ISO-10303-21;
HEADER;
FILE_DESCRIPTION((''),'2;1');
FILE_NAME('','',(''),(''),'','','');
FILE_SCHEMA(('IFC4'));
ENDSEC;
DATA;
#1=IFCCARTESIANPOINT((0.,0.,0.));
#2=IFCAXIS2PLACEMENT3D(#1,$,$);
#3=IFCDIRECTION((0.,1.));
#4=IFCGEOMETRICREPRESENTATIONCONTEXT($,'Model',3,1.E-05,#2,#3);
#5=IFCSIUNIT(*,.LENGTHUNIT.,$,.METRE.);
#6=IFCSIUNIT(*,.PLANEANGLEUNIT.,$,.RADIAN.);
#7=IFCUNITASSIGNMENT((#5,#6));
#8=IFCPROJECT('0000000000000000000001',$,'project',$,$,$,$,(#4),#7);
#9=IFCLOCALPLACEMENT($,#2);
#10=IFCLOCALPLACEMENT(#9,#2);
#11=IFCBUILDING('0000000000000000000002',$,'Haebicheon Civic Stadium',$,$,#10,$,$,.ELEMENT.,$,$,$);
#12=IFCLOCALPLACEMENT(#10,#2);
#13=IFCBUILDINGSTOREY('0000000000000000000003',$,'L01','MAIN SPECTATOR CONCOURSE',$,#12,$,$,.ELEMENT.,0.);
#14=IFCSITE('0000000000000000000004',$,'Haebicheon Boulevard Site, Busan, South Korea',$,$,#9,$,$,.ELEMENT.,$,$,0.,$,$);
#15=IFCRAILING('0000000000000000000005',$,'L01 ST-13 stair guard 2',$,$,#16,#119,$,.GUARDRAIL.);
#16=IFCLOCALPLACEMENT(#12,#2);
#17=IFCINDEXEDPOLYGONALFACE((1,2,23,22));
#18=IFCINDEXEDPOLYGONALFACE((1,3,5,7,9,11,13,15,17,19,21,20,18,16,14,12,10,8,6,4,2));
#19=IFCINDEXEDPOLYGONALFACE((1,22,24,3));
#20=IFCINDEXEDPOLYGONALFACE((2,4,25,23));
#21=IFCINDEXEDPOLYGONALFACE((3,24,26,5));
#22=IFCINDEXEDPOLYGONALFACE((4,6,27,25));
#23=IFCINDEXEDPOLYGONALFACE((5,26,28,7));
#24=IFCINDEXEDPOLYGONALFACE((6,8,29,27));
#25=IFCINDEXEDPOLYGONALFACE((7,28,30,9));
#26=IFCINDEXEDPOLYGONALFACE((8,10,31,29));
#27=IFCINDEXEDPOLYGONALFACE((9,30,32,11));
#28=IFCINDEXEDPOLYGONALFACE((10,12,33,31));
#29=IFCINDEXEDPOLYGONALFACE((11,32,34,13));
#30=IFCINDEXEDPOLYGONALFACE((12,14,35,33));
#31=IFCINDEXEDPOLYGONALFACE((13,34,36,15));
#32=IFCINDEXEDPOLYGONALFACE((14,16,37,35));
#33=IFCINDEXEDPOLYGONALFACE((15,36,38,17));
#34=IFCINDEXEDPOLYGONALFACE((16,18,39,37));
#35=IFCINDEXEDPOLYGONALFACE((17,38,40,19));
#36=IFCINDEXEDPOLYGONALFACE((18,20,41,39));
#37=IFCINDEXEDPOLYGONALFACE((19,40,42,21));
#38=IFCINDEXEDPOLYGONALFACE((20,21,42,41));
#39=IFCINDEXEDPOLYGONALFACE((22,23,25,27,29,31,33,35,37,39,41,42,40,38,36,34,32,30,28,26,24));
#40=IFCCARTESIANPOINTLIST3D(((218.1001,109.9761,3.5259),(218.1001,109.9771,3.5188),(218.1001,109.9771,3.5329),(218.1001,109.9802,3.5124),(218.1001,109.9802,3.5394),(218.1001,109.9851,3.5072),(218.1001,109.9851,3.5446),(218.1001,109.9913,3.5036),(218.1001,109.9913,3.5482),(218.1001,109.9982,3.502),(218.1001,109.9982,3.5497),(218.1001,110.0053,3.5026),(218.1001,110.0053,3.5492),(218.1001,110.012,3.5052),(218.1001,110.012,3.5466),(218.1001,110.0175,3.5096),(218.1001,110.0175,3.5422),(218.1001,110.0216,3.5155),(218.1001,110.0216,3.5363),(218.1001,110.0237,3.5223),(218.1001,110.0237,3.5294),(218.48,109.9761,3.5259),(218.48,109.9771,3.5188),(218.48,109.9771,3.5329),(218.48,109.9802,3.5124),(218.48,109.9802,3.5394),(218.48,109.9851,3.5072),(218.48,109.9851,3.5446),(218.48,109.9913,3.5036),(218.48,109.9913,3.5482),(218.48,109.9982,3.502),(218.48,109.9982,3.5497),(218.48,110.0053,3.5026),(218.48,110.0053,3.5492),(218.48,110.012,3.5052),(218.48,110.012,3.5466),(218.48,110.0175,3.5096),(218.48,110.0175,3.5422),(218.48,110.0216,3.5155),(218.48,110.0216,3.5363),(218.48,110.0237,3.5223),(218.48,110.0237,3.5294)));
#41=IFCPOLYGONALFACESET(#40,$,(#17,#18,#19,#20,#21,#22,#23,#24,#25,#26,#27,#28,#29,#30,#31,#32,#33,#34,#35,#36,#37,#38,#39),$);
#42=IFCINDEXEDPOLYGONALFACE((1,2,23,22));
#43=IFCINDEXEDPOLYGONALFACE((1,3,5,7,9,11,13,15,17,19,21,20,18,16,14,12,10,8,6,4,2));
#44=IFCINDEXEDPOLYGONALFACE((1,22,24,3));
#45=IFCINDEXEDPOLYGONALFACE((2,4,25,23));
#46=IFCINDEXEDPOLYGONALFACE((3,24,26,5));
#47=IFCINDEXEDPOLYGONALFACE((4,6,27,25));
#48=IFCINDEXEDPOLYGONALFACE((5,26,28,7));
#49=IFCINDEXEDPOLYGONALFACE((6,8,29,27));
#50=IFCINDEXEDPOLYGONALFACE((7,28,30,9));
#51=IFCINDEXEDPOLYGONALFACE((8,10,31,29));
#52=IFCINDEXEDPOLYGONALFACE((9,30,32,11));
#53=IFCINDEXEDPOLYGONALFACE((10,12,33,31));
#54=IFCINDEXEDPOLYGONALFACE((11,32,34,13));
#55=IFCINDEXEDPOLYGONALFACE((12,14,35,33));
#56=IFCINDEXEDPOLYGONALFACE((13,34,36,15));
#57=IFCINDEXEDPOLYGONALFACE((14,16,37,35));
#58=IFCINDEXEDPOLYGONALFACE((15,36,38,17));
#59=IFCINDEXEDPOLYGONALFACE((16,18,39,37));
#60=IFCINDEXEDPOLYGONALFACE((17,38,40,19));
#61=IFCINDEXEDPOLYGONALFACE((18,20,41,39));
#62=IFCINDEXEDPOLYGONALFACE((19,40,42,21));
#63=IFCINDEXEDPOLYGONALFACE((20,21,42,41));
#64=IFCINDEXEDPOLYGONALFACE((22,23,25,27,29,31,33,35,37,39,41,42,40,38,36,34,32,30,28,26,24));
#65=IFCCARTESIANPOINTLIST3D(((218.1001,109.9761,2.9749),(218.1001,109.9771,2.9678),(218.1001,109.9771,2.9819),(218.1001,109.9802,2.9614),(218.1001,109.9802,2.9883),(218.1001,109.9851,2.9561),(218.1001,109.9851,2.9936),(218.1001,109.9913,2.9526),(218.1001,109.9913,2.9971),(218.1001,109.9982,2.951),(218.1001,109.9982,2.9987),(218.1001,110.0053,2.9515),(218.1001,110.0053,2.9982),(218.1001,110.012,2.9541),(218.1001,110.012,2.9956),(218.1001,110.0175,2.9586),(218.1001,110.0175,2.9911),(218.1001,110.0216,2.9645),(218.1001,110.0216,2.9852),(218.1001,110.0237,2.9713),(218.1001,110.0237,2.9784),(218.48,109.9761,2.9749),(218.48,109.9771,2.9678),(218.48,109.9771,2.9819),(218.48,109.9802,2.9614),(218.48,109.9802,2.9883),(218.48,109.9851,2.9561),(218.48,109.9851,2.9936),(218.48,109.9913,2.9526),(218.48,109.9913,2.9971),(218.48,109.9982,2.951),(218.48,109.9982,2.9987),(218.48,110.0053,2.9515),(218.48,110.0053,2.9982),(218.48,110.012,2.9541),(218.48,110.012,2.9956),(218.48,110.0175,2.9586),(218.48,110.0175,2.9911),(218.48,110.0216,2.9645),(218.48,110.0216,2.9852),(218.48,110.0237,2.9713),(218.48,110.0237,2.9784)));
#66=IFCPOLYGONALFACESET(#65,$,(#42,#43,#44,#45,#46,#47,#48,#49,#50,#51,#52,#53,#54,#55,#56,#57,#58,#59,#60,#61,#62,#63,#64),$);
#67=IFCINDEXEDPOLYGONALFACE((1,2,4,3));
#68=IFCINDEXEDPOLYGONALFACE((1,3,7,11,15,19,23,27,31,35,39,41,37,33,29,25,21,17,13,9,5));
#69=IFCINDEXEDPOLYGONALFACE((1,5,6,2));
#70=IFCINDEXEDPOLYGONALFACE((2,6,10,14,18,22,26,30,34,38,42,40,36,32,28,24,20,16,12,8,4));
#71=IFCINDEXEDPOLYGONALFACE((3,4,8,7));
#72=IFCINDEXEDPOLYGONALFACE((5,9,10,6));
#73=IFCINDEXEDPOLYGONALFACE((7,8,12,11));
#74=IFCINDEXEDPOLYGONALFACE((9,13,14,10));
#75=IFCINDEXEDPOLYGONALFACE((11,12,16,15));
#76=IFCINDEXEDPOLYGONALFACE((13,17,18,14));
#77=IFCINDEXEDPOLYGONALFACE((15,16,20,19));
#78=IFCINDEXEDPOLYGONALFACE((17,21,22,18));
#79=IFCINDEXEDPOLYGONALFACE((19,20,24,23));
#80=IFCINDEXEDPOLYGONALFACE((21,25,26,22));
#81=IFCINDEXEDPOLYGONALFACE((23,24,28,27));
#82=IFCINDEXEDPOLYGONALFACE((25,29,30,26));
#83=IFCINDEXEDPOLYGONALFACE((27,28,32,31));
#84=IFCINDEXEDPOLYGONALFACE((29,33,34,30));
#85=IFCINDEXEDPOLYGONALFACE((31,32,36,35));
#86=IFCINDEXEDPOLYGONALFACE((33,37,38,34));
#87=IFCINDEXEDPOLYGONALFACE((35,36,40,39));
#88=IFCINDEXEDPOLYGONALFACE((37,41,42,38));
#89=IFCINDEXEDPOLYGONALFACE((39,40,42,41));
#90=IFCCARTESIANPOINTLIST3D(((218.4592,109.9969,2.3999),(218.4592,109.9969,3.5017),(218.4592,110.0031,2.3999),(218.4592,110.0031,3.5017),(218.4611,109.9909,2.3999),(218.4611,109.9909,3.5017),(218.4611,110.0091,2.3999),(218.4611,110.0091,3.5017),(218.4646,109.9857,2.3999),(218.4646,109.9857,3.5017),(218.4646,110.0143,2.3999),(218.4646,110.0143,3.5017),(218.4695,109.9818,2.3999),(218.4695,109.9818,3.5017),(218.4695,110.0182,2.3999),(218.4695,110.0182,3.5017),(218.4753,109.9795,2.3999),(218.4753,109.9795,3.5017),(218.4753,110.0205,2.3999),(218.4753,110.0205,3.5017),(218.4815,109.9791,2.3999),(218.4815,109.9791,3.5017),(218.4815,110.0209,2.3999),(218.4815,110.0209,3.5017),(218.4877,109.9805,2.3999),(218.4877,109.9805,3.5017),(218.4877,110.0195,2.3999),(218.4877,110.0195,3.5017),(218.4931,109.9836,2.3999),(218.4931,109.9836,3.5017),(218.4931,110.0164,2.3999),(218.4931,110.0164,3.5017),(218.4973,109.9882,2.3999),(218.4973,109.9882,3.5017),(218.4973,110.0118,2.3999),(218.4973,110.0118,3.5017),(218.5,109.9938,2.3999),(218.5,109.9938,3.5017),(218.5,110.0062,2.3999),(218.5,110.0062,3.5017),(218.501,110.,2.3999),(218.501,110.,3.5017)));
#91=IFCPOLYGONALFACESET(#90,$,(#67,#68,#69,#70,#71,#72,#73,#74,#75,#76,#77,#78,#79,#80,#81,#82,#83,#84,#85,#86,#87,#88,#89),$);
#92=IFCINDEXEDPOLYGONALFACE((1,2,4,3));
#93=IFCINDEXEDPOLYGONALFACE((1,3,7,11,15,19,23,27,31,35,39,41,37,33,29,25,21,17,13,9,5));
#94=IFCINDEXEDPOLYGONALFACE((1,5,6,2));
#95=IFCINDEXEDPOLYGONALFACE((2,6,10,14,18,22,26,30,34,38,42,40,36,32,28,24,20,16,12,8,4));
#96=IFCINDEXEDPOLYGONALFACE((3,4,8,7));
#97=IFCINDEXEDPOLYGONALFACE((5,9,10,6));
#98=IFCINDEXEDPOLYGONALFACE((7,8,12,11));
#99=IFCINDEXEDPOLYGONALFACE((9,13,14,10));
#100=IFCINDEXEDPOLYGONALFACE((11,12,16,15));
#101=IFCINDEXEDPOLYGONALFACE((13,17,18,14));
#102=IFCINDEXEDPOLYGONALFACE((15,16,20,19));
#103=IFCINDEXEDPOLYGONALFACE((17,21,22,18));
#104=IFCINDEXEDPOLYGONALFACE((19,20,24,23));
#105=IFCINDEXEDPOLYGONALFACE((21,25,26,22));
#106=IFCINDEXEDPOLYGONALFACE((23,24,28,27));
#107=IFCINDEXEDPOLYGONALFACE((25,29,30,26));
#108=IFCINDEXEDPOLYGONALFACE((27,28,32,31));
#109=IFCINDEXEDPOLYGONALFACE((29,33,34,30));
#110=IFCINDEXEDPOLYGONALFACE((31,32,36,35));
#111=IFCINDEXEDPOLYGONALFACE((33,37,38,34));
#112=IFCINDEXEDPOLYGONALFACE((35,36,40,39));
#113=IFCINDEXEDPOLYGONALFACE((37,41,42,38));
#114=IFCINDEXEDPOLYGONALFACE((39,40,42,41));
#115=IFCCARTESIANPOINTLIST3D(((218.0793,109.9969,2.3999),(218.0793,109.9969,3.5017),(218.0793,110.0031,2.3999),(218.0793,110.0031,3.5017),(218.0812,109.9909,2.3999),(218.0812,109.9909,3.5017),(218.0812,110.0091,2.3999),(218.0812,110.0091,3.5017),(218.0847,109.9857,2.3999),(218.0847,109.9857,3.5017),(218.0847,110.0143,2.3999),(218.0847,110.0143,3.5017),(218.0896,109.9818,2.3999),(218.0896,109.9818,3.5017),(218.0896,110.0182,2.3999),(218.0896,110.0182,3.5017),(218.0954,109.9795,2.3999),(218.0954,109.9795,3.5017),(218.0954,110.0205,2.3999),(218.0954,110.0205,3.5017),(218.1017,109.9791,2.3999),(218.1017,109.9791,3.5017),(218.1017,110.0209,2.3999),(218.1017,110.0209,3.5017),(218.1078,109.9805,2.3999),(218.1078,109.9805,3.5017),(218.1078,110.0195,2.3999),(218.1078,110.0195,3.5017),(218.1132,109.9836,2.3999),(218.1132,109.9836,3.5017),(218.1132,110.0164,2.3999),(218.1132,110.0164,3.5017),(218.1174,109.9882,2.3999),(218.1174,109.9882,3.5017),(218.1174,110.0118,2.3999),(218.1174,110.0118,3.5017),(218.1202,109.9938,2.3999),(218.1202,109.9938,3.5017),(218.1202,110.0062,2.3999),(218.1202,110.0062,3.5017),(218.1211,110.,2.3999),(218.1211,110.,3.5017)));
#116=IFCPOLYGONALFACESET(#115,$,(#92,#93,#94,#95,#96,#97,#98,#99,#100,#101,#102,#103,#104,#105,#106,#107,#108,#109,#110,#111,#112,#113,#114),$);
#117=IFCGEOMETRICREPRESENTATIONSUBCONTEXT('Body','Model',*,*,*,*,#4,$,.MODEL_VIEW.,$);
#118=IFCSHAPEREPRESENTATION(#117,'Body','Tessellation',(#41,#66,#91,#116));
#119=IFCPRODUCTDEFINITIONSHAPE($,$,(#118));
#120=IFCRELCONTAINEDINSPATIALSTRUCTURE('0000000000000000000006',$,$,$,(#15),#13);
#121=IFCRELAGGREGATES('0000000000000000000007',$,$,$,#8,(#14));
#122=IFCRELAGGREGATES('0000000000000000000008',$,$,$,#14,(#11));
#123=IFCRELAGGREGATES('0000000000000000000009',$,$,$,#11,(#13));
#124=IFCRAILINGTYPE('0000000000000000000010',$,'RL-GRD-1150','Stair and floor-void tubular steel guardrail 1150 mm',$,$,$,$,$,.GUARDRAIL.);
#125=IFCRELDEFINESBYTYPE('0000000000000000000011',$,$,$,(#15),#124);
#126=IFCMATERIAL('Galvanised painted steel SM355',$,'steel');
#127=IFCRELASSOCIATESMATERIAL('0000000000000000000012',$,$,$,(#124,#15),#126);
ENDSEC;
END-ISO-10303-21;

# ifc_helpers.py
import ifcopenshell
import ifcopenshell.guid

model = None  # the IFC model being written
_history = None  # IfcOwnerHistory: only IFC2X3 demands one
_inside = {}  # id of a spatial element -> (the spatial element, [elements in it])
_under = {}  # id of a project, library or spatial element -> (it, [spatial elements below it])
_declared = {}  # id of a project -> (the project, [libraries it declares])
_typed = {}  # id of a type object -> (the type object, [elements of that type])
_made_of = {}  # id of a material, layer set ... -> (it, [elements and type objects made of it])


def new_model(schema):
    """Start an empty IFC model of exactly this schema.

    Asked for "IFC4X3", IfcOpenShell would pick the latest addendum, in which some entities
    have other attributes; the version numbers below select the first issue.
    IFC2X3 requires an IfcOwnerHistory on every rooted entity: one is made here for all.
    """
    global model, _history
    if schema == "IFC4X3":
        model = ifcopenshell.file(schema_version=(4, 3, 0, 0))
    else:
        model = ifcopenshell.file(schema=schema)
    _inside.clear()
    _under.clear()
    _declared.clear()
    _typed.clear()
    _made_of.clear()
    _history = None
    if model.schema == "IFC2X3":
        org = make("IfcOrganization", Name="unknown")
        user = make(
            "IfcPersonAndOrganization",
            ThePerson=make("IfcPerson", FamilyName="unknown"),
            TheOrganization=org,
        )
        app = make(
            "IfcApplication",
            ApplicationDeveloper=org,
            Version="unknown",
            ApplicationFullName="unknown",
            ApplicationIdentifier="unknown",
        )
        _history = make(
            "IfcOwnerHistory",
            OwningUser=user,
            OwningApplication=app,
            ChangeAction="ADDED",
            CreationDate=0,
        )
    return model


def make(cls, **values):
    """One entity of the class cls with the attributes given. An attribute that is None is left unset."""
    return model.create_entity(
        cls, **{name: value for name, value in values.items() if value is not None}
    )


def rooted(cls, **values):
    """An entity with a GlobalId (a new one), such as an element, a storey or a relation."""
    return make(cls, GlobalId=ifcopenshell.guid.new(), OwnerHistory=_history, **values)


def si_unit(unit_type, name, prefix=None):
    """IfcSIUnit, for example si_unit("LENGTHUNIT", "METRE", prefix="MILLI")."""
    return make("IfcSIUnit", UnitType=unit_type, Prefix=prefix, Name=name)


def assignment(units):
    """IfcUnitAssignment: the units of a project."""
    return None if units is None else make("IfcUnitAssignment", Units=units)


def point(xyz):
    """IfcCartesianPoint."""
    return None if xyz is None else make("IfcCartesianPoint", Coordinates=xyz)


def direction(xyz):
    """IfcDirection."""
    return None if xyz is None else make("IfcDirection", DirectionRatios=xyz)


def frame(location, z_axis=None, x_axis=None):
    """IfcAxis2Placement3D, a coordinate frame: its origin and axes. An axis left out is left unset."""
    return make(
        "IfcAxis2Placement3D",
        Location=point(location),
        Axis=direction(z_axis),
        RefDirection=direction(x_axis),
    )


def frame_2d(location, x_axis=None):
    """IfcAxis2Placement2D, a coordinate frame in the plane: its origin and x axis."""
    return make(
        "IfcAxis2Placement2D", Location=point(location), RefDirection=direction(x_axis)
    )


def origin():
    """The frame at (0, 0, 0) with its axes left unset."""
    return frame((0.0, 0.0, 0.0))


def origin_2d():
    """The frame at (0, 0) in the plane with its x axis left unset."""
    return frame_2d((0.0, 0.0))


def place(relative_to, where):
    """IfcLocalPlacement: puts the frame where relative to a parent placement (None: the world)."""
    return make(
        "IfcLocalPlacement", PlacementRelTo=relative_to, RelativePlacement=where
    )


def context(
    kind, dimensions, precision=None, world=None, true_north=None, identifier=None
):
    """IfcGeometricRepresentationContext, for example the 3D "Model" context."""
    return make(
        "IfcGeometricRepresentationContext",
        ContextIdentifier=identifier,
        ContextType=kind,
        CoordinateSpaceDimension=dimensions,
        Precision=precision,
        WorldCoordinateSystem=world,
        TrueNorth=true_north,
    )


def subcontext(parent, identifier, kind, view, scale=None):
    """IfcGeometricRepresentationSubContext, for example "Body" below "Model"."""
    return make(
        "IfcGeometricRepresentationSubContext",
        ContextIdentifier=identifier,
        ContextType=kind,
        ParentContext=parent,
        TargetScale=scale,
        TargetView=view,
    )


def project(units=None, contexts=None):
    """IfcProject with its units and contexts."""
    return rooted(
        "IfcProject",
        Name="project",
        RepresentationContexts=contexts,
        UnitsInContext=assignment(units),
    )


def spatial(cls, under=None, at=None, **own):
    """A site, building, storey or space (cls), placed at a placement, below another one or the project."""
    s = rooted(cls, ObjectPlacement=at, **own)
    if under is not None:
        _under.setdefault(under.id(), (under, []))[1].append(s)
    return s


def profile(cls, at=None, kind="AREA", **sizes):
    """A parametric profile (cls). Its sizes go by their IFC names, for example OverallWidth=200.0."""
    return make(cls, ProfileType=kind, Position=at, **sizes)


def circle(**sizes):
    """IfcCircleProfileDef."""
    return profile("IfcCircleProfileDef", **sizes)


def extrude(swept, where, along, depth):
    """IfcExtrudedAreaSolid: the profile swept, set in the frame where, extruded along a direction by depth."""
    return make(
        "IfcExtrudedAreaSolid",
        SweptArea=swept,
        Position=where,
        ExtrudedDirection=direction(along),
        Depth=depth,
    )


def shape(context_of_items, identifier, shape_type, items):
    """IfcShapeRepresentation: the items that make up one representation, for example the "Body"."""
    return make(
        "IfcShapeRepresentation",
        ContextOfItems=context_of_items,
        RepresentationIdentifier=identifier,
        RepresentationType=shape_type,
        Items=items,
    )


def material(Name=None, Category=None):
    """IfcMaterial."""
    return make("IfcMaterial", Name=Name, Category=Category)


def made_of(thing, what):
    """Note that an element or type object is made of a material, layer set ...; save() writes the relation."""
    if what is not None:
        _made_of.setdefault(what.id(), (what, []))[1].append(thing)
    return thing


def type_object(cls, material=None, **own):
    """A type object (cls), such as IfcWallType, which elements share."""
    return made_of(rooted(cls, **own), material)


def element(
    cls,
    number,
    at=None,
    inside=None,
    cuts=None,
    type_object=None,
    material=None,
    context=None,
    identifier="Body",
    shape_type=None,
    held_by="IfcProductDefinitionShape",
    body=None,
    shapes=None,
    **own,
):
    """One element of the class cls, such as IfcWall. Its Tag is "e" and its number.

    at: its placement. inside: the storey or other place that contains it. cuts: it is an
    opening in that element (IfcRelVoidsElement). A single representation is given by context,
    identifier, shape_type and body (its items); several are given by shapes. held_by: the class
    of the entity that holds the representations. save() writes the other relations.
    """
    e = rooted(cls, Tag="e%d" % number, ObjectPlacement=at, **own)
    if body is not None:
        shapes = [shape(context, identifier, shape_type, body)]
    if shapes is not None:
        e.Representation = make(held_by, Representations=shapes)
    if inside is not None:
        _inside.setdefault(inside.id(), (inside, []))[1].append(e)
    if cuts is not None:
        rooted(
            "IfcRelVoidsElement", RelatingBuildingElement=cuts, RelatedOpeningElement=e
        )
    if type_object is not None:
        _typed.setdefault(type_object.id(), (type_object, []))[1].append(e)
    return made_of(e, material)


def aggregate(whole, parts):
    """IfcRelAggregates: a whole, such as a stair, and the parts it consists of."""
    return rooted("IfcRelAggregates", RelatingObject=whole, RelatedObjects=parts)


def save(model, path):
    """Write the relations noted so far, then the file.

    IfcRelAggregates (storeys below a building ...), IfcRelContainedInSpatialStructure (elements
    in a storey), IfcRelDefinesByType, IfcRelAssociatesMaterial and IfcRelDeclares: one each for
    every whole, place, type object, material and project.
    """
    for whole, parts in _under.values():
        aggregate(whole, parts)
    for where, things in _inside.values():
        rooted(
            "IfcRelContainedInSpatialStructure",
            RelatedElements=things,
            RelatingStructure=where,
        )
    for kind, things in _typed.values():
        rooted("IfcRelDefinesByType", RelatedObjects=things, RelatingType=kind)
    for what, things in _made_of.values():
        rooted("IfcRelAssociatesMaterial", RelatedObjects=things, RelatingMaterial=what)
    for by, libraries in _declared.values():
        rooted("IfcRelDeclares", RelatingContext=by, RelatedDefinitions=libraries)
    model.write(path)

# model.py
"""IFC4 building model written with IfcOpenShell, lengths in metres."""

from ifc_helpers import new_model, si_unit, direction, frame, origin, origin_2d, place, context, subcontext, project, spatial, circle, extrude, material, type_object, element, save


model = new_model("IFC4")

# Units and contexts
model_context = context("Model", 3, precision=1e-05, world=origin(), true_north=direction((0.0, 1.0)))
body_context = subcontext(model_context, "Body", "Model", "MODEL_VIEW")
ifc_project = project(units=[si_unit("LENGTHUNIT", "METRE"), si_unit("PLANEANGLEUNIT", "RADIAN")], contexts=[model_context])

# Site, building, storey
site_placement = place(None, origin())
site = spatial("IfcSite", under=ifc_project, at=site_placement, Name="Haebicheon Boulevard Site, Busan, South Korea", CompositionType="ELEMENT", RefElevation=0.0)
building_placement = place(site_placement, origin())
building = spatial("IfcBuilding", under=site, at=building_placement, Name="Haebicheon Civic Stadium", CompositionType="ELEMENT")
storey_placement = place(building_placement, origin())
storey = spatial("IfcBuildingStorey", under=building, at=storey_placement, Name="L01", Description="MAIN SPECTATOR CONCOURSE", CompositionType="ELEMENT", Elevation=0.0)

# Railing
ifc_material_1 = material(Name="Galvanised painted steel SM355", Category="steel")
railing_type_1 = type_object("IfcRailingType", Name="RL-GRD-1150", Description="Stair and floor-void tubular steel guardrail 1150 mm", PredefinedType="GUARDRAIL", material=ifc_material_1)
railing_1_placement = place(storey_placement, frame((218.48, 110.0, 2.3999)))
element("IfcRailing", 1, at=railing_1_placement, inside=storey, type_object=railing_type_1, material=ifc_material_1, Name="L01 ST-13 stair guard 2", PredefinedType="GUARDRAIL", context=body_context, shape_type="SweptSolid", body=[
    extrude(circle(Radius=0.0239, at=origin_2d()), frame((0.0, 0.0, 1.126), z_axis=(-1.0, 0.0, 0.0), x_axis=(0.0, -1.0, 0.0)), (0.0, 0.0, 1.0), 0.3799),
    extrude(circle(Radius=0.0239, at=origin_2d()), frame((0.0, 0.0, 0.575), z_axis=(-1.0, 0.0, 0.0), x_axis=(0.0, -1.0, 0.0)), (0.0, 0.0, 1.0), 0.3799),
    extrude(circle(Radius=0.021, at=origin_2d()), origin(), (0.0, 0.0, 1.0), 1.1018),
    extrude(circle(Radius=0.021, at=origin_2d()), frame((-0.3799, 0.0, 0.0)), (0.0, 0.0, 1.0), 1.1018),
])

save(model, "model.ifc")
